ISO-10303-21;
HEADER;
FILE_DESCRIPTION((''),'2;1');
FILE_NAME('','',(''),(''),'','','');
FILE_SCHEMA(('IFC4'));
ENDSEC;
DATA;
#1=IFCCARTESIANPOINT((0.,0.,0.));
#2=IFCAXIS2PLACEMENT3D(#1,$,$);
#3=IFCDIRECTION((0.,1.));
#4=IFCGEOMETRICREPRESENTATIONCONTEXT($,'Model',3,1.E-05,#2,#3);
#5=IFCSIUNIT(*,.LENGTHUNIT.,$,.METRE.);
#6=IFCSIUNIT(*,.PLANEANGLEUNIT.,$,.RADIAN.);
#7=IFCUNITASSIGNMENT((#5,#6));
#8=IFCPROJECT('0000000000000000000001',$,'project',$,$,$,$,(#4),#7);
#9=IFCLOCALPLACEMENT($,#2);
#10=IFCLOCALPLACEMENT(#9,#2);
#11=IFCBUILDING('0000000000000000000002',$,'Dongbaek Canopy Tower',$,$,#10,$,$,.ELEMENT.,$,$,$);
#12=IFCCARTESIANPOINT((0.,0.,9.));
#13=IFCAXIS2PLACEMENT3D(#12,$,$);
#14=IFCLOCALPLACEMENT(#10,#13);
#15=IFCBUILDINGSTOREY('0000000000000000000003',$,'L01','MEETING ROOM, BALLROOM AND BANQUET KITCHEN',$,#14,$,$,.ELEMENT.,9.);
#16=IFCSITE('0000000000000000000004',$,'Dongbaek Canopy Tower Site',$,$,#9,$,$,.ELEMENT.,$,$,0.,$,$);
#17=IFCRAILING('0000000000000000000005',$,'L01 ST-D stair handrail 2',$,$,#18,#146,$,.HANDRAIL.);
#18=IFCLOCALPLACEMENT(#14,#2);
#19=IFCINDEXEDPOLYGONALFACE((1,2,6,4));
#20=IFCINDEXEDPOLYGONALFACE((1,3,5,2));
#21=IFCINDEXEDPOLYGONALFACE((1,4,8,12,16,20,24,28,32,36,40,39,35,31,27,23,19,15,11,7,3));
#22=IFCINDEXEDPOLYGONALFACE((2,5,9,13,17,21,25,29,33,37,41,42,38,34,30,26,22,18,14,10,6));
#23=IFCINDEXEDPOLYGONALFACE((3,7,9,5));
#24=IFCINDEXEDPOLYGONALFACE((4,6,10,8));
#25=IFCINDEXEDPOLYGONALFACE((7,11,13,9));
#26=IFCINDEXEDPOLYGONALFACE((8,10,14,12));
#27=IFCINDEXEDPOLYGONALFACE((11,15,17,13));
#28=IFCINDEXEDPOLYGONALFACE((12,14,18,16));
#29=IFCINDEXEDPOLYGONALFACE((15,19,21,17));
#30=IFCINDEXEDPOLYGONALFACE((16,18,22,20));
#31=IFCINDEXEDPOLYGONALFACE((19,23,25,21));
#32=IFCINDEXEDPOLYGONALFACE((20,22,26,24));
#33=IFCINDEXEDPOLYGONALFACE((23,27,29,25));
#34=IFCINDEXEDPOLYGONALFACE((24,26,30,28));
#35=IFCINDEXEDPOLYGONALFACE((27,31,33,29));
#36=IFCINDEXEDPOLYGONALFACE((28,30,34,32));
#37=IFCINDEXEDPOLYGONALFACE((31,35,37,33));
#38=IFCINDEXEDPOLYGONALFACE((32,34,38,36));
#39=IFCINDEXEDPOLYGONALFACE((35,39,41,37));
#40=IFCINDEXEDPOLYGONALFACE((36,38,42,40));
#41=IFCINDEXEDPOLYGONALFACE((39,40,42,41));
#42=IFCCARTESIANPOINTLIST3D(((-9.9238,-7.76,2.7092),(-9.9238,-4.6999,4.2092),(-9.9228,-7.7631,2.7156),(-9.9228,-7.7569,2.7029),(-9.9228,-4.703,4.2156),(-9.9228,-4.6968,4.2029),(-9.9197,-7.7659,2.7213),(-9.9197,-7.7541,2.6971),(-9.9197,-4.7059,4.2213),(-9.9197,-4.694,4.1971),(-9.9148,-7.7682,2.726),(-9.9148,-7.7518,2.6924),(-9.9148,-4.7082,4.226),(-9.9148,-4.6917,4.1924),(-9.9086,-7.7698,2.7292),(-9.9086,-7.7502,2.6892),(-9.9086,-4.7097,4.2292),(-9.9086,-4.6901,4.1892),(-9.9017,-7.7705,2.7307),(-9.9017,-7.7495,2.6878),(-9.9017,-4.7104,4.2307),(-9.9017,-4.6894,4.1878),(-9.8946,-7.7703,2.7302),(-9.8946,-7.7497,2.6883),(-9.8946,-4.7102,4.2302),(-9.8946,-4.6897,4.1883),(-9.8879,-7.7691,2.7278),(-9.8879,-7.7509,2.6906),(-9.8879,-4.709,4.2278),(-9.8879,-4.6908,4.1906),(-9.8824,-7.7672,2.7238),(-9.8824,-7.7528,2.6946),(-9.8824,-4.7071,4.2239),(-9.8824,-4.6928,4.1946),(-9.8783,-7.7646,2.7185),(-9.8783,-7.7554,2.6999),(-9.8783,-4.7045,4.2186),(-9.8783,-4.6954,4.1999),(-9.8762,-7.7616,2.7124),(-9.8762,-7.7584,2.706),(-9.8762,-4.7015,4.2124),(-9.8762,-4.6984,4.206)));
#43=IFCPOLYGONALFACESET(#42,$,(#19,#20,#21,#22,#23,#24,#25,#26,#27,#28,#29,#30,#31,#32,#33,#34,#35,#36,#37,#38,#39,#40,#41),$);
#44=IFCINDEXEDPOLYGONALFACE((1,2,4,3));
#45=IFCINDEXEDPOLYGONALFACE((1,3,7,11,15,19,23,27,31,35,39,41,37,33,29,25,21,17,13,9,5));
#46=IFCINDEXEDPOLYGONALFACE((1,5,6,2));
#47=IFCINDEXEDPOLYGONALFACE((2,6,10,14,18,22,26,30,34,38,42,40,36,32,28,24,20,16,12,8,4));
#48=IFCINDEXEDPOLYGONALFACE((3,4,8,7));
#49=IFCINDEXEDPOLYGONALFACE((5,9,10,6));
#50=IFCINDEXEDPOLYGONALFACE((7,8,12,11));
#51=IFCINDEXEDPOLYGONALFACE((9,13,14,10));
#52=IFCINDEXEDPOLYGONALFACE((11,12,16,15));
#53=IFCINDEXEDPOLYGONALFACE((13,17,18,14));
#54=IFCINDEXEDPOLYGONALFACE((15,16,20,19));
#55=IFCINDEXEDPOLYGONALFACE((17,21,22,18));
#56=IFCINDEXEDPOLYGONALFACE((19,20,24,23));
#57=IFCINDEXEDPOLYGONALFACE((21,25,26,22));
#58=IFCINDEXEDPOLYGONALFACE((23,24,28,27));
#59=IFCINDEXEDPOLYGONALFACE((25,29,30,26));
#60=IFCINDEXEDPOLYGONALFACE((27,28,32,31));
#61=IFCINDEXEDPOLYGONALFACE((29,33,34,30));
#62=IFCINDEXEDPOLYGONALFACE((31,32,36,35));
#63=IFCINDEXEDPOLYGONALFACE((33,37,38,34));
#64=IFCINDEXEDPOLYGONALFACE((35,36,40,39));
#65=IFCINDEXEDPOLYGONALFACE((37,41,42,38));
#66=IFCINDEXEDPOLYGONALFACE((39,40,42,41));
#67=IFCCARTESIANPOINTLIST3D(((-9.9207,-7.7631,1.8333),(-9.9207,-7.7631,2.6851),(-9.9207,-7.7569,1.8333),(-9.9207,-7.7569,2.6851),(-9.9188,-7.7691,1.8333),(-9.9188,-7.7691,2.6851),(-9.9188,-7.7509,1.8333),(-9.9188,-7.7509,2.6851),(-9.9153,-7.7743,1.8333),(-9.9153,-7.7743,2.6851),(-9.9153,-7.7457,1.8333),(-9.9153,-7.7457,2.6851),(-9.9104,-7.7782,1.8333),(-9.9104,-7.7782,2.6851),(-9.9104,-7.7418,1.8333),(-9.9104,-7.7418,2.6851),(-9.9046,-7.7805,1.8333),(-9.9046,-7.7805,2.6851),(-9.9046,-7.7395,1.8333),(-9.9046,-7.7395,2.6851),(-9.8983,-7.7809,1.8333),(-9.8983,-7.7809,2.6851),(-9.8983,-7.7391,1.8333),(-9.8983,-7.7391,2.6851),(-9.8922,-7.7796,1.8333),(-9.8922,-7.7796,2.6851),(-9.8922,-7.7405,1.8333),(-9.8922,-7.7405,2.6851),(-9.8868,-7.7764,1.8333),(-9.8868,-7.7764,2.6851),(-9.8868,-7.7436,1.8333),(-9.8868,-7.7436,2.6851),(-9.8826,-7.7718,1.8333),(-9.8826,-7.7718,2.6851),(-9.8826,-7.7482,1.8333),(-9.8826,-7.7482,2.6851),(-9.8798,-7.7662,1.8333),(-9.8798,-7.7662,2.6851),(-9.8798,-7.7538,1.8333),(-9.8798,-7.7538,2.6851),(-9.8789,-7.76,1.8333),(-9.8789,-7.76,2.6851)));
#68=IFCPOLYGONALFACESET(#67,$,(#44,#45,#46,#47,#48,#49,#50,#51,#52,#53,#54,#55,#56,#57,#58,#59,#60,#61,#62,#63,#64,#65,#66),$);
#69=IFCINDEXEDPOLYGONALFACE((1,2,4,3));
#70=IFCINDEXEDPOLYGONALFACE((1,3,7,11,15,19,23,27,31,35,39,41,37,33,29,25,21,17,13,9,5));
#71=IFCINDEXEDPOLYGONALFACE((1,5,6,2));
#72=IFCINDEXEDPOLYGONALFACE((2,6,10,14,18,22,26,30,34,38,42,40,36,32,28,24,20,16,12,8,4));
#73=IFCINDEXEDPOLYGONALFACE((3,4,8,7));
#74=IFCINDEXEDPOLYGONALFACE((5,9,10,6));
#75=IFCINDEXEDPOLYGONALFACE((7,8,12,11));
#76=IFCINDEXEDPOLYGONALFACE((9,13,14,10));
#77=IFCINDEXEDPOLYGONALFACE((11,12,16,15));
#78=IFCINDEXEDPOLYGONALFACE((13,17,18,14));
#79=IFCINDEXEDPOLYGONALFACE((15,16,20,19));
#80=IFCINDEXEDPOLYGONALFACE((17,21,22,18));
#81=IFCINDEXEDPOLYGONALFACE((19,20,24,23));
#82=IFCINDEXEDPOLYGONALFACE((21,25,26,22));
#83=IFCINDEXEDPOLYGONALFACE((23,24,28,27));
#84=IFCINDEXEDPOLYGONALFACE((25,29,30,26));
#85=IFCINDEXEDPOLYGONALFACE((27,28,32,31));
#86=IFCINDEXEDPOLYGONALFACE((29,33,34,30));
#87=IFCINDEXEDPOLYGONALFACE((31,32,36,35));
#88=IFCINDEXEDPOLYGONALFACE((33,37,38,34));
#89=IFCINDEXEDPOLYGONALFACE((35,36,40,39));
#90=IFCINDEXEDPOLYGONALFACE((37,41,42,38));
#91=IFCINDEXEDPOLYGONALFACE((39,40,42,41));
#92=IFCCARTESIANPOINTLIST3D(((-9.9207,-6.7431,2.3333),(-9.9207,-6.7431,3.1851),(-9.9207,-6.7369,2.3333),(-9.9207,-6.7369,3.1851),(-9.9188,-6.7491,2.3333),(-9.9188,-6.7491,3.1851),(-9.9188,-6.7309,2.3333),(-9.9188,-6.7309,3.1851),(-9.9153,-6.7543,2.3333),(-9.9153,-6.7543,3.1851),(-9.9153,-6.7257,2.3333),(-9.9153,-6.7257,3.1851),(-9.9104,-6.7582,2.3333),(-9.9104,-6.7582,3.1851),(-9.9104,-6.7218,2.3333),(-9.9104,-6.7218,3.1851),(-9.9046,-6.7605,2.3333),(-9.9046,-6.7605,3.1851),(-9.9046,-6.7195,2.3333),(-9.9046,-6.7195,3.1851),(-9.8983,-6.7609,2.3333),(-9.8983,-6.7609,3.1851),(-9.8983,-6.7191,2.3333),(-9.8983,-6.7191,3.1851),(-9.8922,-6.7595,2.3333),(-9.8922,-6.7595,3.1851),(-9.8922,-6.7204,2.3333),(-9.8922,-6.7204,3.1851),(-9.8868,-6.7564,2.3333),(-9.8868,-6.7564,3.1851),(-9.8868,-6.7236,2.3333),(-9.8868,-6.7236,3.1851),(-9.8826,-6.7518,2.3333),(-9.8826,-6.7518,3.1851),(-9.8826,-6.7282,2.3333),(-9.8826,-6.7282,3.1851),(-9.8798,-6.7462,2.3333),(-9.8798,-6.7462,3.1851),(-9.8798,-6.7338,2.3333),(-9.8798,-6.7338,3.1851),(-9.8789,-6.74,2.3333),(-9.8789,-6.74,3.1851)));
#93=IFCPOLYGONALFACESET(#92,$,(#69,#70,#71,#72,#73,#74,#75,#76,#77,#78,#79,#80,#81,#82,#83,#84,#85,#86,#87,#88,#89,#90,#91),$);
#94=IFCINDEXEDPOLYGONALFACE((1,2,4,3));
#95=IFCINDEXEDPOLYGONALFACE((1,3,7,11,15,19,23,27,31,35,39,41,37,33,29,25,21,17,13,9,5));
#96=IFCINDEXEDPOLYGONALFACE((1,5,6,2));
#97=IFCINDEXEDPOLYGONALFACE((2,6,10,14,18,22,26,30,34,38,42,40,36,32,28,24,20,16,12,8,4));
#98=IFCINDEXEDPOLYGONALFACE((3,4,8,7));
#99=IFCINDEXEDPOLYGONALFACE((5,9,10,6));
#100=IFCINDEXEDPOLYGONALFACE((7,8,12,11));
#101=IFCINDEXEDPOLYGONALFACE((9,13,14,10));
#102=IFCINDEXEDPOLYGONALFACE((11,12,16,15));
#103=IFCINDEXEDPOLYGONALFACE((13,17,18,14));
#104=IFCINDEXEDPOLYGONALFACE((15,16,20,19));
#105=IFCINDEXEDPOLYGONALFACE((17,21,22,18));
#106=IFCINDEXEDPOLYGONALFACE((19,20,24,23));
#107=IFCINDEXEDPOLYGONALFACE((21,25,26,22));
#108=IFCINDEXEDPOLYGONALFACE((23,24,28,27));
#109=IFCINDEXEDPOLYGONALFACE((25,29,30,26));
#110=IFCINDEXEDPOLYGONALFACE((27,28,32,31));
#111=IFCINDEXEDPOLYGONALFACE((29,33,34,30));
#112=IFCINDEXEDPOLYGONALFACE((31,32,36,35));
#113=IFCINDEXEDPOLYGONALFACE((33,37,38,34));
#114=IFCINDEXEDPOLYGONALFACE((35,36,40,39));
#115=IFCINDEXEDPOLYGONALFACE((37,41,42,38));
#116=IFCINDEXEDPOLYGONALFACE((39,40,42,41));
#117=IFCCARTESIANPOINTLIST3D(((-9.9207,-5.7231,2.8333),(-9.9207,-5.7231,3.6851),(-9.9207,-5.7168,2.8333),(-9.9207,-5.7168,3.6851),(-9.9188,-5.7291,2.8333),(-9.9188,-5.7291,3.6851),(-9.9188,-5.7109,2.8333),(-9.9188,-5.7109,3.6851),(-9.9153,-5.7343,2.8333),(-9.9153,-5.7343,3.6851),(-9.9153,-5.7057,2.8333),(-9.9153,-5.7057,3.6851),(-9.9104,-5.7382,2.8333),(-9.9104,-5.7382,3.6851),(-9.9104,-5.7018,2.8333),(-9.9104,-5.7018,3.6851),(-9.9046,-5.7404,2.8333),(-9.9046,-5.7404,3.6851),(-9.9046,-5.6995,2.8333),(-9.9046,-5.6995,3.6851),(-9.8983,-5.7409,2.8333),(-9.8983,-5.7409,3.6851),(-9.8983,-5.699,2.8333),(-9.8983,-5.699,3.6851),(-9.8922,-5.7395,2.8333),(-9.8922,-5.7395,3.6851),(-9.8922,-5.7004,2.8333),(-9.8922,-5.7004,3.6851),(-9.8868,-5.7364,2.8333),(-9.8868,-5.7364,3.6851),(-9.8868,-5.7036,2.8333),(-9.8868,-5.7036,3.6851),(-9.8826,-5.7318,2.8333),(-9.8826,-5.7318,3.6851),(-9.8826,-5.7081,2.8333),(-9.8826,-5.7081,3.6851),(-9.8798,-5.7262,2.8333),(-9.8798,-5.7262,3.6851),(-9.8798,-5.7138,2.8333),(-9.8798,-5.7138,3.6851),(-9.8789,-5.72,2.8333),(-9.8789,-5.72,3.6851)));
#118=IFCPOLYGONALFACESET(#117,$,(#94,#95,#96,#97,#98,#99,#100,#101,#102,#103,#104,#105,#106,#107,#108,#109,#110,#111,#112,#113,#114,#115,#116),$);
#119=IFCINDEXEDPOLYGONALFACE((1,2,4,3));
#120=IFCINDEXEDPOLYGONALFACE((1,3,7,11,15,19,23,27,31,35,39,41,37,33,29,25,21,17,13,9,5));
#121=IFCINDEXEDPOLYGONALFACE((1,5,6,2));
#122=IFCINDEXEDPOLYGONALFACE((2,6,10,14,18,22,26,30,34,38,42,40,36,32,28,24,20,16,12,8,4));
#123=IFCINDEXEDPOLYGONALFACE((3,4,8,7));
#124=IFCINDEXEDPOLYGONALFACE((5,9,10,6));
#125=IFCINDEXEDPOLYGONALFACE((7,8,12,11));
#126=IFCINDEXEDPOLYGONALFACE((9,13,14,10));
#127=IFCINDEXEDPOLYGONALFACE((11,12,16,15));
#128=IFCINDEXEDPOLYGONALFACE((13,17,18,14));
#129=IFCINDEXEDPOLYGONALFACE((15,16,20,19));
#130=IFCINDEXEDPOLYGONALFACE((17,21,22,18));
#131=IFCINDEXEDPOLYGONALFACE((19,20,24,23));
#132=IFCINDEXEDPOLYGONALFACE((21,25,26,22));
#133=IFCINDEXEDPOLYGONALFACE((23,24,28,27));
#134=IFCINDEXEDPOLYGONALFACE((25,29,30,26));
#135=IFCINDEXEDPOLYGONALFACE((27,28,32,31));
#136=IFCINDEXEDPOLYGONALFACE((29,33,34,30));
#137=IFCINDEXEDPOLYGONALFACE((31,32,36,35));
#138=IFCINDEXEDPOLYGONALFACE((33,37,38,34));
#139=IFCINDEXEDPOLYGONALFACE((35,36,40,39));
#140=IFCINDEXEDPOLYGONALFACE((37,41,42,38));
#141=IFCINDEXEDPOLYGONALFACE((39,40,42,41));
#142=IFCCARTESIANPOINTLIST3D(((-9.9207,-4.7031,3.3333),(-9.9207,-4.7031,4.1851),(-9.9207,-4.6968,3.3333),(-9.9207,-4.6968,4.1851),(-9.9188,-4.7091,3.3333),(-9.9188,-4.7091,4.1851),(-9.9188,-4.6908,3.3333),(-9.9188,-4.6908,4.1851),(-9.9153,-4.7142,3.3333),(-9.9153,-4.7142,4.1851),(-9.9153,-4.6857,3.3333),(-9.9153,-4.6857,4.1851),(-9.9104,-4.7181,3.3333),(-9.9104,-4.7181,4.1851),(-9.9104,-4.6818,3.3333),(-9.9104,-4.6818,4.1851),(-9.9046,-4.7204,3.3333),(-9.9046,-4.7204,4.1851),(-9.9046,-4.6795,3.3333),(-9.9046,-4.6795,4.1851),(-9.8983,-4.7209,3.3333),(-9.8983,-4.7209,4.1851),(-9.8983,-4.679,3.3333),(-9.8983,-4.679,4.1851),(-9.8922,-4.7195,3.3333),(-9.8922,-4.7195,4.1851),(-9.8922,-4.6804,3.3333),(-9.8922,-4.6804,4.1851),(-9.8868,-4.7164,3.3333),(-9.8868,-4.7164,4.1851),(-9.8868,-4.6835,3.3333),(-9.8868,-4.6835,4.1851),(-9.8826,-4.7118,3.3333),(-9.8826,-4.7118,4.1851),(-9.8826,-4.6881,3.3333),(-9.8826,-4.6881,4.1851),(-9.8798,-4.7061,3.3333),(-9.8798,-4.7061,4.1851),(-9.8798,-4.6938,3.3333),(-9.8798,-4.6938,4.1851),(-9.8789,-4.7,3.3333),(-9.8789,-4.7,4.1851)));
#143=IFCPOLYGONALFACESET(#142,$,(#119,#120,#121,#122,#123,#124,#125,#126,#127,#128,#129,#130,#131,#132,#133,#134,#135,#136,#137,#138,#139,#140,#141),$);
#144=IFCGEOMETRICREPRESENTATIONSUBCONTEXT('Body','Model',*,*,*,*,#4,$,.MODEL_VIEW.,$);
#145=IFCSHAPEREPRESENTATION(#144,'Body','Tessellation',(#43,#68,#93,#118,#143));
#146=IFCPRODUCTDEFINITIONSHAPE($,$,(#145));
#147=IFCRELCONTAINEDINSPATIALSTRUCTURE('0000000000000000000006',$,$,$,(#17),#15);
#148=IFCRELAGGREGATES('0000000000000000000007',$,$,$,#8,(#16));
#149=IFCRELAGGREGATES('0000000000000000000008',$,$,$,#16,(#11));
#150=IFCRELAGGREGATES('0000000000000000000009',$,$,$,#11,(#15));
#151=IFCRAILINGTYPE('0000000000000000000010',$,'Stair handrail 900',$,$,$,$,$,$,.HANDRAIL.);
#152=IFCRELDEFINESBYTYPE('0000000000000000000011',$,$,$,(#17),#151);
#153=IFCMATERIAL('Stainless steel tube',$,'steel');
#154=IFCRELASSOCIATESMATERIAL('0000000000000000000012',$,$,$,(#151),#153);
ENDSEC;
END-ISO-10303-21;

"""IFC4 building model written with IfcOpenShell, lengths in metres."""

from ifc_helpers import new_model, si_unit, direction, frame, origin, origin_2d, place, context, subcontext, project, spatial, circle, extrude, material, type_object, element, save


model = new_model("IFC4")

# Units and contexts
model_context = context("Model", 3, precision=1e-05, world=origin(), true_north=direction((0.0, 1.0)))
body_context = subcontext(model_context, "Body", "Model", "MODEL_VIEW")
ifc_project = project(units=[si_unit("LENGTHUNIT", "METRE"), si_unit("PLANEANGLEUNIT", "RADIAN")], contexts=[model_context])

# Site, building, storey
site_placement = place(None, origin())
site = spatial("IfcSite", under=ifc_project, at=site_placement, Name="Dongbaek Canopy Tower Site", CompositionType="ELEMENT", RefElevation=0.0)
building_placement = place(site_placement, origin())
building = spatial("IfcBuilding", under=site, at=building_placement, Name="Dongbaek Canopy Tower", CompositionType="ELEMENT")
storey_placement = place(building_placement, frame((0.0, 0.0, 9.0)))
storey = spatial("IfcBuildingStorey", under=building, at=storey_placement, Name="L01", Description="MEETING ROOM, BALLROOM AND BANQUET KITCHEN", CompositionType="ELEMENT", Elevation=9.0)

# Railing
ifc_material_1 = material(Name="Stainless steel tube", Category="steel")
railing_type_1 = type_object("IfcRailingType", Name="Stair handrail 900", PredefinedType="HANDRAIL", material=ifc_material_1)
railing_1_placement = place(storey_placement, frame((-9.8999, -7.76, 1.8333)))
element("IfcRailing", 1, at=railing_1_placement, inside=storey, type_object=railing_type_1, Name="L01 ST-D stair handrail 2", PredefinedType="HANDRAIL", context=body_context, shape_type="SweptSolid", body=[
    extrude(circle(Radius=0.0239, at=origin_2d()), frame((0.0, 0.0, 0.876), z_axis=(0.0, 0.897924, 0.44015), x_axis=(-1.0, 0.0, 0.0)), (0.0, 0.0, 1.0), 3.408),
    extrude(circle(Radius=0.021, at=origin_2d()), origin(), (0.0, 0.0, 1.0), 0.8518),
    extrude(circle(Radius=0.021, at=origin_2d()), frame((0.0, 1.02, 0.5)), (0.0, 0.0, 1.0), 0.8518),
    extrude(circle(Radius=0.021, at=origin_2d()), frame((0.0, 2.04, 1.0)), (0.0, 0.0, 1.0), 0.8518),
    extrude(circle(Radius=0.021, at=origin_2d()), frame((0.0, 3.0601, 1.5)), (0.0, 0.0, 1.0), 0.8518),
])

save(model, "model.ifc")
